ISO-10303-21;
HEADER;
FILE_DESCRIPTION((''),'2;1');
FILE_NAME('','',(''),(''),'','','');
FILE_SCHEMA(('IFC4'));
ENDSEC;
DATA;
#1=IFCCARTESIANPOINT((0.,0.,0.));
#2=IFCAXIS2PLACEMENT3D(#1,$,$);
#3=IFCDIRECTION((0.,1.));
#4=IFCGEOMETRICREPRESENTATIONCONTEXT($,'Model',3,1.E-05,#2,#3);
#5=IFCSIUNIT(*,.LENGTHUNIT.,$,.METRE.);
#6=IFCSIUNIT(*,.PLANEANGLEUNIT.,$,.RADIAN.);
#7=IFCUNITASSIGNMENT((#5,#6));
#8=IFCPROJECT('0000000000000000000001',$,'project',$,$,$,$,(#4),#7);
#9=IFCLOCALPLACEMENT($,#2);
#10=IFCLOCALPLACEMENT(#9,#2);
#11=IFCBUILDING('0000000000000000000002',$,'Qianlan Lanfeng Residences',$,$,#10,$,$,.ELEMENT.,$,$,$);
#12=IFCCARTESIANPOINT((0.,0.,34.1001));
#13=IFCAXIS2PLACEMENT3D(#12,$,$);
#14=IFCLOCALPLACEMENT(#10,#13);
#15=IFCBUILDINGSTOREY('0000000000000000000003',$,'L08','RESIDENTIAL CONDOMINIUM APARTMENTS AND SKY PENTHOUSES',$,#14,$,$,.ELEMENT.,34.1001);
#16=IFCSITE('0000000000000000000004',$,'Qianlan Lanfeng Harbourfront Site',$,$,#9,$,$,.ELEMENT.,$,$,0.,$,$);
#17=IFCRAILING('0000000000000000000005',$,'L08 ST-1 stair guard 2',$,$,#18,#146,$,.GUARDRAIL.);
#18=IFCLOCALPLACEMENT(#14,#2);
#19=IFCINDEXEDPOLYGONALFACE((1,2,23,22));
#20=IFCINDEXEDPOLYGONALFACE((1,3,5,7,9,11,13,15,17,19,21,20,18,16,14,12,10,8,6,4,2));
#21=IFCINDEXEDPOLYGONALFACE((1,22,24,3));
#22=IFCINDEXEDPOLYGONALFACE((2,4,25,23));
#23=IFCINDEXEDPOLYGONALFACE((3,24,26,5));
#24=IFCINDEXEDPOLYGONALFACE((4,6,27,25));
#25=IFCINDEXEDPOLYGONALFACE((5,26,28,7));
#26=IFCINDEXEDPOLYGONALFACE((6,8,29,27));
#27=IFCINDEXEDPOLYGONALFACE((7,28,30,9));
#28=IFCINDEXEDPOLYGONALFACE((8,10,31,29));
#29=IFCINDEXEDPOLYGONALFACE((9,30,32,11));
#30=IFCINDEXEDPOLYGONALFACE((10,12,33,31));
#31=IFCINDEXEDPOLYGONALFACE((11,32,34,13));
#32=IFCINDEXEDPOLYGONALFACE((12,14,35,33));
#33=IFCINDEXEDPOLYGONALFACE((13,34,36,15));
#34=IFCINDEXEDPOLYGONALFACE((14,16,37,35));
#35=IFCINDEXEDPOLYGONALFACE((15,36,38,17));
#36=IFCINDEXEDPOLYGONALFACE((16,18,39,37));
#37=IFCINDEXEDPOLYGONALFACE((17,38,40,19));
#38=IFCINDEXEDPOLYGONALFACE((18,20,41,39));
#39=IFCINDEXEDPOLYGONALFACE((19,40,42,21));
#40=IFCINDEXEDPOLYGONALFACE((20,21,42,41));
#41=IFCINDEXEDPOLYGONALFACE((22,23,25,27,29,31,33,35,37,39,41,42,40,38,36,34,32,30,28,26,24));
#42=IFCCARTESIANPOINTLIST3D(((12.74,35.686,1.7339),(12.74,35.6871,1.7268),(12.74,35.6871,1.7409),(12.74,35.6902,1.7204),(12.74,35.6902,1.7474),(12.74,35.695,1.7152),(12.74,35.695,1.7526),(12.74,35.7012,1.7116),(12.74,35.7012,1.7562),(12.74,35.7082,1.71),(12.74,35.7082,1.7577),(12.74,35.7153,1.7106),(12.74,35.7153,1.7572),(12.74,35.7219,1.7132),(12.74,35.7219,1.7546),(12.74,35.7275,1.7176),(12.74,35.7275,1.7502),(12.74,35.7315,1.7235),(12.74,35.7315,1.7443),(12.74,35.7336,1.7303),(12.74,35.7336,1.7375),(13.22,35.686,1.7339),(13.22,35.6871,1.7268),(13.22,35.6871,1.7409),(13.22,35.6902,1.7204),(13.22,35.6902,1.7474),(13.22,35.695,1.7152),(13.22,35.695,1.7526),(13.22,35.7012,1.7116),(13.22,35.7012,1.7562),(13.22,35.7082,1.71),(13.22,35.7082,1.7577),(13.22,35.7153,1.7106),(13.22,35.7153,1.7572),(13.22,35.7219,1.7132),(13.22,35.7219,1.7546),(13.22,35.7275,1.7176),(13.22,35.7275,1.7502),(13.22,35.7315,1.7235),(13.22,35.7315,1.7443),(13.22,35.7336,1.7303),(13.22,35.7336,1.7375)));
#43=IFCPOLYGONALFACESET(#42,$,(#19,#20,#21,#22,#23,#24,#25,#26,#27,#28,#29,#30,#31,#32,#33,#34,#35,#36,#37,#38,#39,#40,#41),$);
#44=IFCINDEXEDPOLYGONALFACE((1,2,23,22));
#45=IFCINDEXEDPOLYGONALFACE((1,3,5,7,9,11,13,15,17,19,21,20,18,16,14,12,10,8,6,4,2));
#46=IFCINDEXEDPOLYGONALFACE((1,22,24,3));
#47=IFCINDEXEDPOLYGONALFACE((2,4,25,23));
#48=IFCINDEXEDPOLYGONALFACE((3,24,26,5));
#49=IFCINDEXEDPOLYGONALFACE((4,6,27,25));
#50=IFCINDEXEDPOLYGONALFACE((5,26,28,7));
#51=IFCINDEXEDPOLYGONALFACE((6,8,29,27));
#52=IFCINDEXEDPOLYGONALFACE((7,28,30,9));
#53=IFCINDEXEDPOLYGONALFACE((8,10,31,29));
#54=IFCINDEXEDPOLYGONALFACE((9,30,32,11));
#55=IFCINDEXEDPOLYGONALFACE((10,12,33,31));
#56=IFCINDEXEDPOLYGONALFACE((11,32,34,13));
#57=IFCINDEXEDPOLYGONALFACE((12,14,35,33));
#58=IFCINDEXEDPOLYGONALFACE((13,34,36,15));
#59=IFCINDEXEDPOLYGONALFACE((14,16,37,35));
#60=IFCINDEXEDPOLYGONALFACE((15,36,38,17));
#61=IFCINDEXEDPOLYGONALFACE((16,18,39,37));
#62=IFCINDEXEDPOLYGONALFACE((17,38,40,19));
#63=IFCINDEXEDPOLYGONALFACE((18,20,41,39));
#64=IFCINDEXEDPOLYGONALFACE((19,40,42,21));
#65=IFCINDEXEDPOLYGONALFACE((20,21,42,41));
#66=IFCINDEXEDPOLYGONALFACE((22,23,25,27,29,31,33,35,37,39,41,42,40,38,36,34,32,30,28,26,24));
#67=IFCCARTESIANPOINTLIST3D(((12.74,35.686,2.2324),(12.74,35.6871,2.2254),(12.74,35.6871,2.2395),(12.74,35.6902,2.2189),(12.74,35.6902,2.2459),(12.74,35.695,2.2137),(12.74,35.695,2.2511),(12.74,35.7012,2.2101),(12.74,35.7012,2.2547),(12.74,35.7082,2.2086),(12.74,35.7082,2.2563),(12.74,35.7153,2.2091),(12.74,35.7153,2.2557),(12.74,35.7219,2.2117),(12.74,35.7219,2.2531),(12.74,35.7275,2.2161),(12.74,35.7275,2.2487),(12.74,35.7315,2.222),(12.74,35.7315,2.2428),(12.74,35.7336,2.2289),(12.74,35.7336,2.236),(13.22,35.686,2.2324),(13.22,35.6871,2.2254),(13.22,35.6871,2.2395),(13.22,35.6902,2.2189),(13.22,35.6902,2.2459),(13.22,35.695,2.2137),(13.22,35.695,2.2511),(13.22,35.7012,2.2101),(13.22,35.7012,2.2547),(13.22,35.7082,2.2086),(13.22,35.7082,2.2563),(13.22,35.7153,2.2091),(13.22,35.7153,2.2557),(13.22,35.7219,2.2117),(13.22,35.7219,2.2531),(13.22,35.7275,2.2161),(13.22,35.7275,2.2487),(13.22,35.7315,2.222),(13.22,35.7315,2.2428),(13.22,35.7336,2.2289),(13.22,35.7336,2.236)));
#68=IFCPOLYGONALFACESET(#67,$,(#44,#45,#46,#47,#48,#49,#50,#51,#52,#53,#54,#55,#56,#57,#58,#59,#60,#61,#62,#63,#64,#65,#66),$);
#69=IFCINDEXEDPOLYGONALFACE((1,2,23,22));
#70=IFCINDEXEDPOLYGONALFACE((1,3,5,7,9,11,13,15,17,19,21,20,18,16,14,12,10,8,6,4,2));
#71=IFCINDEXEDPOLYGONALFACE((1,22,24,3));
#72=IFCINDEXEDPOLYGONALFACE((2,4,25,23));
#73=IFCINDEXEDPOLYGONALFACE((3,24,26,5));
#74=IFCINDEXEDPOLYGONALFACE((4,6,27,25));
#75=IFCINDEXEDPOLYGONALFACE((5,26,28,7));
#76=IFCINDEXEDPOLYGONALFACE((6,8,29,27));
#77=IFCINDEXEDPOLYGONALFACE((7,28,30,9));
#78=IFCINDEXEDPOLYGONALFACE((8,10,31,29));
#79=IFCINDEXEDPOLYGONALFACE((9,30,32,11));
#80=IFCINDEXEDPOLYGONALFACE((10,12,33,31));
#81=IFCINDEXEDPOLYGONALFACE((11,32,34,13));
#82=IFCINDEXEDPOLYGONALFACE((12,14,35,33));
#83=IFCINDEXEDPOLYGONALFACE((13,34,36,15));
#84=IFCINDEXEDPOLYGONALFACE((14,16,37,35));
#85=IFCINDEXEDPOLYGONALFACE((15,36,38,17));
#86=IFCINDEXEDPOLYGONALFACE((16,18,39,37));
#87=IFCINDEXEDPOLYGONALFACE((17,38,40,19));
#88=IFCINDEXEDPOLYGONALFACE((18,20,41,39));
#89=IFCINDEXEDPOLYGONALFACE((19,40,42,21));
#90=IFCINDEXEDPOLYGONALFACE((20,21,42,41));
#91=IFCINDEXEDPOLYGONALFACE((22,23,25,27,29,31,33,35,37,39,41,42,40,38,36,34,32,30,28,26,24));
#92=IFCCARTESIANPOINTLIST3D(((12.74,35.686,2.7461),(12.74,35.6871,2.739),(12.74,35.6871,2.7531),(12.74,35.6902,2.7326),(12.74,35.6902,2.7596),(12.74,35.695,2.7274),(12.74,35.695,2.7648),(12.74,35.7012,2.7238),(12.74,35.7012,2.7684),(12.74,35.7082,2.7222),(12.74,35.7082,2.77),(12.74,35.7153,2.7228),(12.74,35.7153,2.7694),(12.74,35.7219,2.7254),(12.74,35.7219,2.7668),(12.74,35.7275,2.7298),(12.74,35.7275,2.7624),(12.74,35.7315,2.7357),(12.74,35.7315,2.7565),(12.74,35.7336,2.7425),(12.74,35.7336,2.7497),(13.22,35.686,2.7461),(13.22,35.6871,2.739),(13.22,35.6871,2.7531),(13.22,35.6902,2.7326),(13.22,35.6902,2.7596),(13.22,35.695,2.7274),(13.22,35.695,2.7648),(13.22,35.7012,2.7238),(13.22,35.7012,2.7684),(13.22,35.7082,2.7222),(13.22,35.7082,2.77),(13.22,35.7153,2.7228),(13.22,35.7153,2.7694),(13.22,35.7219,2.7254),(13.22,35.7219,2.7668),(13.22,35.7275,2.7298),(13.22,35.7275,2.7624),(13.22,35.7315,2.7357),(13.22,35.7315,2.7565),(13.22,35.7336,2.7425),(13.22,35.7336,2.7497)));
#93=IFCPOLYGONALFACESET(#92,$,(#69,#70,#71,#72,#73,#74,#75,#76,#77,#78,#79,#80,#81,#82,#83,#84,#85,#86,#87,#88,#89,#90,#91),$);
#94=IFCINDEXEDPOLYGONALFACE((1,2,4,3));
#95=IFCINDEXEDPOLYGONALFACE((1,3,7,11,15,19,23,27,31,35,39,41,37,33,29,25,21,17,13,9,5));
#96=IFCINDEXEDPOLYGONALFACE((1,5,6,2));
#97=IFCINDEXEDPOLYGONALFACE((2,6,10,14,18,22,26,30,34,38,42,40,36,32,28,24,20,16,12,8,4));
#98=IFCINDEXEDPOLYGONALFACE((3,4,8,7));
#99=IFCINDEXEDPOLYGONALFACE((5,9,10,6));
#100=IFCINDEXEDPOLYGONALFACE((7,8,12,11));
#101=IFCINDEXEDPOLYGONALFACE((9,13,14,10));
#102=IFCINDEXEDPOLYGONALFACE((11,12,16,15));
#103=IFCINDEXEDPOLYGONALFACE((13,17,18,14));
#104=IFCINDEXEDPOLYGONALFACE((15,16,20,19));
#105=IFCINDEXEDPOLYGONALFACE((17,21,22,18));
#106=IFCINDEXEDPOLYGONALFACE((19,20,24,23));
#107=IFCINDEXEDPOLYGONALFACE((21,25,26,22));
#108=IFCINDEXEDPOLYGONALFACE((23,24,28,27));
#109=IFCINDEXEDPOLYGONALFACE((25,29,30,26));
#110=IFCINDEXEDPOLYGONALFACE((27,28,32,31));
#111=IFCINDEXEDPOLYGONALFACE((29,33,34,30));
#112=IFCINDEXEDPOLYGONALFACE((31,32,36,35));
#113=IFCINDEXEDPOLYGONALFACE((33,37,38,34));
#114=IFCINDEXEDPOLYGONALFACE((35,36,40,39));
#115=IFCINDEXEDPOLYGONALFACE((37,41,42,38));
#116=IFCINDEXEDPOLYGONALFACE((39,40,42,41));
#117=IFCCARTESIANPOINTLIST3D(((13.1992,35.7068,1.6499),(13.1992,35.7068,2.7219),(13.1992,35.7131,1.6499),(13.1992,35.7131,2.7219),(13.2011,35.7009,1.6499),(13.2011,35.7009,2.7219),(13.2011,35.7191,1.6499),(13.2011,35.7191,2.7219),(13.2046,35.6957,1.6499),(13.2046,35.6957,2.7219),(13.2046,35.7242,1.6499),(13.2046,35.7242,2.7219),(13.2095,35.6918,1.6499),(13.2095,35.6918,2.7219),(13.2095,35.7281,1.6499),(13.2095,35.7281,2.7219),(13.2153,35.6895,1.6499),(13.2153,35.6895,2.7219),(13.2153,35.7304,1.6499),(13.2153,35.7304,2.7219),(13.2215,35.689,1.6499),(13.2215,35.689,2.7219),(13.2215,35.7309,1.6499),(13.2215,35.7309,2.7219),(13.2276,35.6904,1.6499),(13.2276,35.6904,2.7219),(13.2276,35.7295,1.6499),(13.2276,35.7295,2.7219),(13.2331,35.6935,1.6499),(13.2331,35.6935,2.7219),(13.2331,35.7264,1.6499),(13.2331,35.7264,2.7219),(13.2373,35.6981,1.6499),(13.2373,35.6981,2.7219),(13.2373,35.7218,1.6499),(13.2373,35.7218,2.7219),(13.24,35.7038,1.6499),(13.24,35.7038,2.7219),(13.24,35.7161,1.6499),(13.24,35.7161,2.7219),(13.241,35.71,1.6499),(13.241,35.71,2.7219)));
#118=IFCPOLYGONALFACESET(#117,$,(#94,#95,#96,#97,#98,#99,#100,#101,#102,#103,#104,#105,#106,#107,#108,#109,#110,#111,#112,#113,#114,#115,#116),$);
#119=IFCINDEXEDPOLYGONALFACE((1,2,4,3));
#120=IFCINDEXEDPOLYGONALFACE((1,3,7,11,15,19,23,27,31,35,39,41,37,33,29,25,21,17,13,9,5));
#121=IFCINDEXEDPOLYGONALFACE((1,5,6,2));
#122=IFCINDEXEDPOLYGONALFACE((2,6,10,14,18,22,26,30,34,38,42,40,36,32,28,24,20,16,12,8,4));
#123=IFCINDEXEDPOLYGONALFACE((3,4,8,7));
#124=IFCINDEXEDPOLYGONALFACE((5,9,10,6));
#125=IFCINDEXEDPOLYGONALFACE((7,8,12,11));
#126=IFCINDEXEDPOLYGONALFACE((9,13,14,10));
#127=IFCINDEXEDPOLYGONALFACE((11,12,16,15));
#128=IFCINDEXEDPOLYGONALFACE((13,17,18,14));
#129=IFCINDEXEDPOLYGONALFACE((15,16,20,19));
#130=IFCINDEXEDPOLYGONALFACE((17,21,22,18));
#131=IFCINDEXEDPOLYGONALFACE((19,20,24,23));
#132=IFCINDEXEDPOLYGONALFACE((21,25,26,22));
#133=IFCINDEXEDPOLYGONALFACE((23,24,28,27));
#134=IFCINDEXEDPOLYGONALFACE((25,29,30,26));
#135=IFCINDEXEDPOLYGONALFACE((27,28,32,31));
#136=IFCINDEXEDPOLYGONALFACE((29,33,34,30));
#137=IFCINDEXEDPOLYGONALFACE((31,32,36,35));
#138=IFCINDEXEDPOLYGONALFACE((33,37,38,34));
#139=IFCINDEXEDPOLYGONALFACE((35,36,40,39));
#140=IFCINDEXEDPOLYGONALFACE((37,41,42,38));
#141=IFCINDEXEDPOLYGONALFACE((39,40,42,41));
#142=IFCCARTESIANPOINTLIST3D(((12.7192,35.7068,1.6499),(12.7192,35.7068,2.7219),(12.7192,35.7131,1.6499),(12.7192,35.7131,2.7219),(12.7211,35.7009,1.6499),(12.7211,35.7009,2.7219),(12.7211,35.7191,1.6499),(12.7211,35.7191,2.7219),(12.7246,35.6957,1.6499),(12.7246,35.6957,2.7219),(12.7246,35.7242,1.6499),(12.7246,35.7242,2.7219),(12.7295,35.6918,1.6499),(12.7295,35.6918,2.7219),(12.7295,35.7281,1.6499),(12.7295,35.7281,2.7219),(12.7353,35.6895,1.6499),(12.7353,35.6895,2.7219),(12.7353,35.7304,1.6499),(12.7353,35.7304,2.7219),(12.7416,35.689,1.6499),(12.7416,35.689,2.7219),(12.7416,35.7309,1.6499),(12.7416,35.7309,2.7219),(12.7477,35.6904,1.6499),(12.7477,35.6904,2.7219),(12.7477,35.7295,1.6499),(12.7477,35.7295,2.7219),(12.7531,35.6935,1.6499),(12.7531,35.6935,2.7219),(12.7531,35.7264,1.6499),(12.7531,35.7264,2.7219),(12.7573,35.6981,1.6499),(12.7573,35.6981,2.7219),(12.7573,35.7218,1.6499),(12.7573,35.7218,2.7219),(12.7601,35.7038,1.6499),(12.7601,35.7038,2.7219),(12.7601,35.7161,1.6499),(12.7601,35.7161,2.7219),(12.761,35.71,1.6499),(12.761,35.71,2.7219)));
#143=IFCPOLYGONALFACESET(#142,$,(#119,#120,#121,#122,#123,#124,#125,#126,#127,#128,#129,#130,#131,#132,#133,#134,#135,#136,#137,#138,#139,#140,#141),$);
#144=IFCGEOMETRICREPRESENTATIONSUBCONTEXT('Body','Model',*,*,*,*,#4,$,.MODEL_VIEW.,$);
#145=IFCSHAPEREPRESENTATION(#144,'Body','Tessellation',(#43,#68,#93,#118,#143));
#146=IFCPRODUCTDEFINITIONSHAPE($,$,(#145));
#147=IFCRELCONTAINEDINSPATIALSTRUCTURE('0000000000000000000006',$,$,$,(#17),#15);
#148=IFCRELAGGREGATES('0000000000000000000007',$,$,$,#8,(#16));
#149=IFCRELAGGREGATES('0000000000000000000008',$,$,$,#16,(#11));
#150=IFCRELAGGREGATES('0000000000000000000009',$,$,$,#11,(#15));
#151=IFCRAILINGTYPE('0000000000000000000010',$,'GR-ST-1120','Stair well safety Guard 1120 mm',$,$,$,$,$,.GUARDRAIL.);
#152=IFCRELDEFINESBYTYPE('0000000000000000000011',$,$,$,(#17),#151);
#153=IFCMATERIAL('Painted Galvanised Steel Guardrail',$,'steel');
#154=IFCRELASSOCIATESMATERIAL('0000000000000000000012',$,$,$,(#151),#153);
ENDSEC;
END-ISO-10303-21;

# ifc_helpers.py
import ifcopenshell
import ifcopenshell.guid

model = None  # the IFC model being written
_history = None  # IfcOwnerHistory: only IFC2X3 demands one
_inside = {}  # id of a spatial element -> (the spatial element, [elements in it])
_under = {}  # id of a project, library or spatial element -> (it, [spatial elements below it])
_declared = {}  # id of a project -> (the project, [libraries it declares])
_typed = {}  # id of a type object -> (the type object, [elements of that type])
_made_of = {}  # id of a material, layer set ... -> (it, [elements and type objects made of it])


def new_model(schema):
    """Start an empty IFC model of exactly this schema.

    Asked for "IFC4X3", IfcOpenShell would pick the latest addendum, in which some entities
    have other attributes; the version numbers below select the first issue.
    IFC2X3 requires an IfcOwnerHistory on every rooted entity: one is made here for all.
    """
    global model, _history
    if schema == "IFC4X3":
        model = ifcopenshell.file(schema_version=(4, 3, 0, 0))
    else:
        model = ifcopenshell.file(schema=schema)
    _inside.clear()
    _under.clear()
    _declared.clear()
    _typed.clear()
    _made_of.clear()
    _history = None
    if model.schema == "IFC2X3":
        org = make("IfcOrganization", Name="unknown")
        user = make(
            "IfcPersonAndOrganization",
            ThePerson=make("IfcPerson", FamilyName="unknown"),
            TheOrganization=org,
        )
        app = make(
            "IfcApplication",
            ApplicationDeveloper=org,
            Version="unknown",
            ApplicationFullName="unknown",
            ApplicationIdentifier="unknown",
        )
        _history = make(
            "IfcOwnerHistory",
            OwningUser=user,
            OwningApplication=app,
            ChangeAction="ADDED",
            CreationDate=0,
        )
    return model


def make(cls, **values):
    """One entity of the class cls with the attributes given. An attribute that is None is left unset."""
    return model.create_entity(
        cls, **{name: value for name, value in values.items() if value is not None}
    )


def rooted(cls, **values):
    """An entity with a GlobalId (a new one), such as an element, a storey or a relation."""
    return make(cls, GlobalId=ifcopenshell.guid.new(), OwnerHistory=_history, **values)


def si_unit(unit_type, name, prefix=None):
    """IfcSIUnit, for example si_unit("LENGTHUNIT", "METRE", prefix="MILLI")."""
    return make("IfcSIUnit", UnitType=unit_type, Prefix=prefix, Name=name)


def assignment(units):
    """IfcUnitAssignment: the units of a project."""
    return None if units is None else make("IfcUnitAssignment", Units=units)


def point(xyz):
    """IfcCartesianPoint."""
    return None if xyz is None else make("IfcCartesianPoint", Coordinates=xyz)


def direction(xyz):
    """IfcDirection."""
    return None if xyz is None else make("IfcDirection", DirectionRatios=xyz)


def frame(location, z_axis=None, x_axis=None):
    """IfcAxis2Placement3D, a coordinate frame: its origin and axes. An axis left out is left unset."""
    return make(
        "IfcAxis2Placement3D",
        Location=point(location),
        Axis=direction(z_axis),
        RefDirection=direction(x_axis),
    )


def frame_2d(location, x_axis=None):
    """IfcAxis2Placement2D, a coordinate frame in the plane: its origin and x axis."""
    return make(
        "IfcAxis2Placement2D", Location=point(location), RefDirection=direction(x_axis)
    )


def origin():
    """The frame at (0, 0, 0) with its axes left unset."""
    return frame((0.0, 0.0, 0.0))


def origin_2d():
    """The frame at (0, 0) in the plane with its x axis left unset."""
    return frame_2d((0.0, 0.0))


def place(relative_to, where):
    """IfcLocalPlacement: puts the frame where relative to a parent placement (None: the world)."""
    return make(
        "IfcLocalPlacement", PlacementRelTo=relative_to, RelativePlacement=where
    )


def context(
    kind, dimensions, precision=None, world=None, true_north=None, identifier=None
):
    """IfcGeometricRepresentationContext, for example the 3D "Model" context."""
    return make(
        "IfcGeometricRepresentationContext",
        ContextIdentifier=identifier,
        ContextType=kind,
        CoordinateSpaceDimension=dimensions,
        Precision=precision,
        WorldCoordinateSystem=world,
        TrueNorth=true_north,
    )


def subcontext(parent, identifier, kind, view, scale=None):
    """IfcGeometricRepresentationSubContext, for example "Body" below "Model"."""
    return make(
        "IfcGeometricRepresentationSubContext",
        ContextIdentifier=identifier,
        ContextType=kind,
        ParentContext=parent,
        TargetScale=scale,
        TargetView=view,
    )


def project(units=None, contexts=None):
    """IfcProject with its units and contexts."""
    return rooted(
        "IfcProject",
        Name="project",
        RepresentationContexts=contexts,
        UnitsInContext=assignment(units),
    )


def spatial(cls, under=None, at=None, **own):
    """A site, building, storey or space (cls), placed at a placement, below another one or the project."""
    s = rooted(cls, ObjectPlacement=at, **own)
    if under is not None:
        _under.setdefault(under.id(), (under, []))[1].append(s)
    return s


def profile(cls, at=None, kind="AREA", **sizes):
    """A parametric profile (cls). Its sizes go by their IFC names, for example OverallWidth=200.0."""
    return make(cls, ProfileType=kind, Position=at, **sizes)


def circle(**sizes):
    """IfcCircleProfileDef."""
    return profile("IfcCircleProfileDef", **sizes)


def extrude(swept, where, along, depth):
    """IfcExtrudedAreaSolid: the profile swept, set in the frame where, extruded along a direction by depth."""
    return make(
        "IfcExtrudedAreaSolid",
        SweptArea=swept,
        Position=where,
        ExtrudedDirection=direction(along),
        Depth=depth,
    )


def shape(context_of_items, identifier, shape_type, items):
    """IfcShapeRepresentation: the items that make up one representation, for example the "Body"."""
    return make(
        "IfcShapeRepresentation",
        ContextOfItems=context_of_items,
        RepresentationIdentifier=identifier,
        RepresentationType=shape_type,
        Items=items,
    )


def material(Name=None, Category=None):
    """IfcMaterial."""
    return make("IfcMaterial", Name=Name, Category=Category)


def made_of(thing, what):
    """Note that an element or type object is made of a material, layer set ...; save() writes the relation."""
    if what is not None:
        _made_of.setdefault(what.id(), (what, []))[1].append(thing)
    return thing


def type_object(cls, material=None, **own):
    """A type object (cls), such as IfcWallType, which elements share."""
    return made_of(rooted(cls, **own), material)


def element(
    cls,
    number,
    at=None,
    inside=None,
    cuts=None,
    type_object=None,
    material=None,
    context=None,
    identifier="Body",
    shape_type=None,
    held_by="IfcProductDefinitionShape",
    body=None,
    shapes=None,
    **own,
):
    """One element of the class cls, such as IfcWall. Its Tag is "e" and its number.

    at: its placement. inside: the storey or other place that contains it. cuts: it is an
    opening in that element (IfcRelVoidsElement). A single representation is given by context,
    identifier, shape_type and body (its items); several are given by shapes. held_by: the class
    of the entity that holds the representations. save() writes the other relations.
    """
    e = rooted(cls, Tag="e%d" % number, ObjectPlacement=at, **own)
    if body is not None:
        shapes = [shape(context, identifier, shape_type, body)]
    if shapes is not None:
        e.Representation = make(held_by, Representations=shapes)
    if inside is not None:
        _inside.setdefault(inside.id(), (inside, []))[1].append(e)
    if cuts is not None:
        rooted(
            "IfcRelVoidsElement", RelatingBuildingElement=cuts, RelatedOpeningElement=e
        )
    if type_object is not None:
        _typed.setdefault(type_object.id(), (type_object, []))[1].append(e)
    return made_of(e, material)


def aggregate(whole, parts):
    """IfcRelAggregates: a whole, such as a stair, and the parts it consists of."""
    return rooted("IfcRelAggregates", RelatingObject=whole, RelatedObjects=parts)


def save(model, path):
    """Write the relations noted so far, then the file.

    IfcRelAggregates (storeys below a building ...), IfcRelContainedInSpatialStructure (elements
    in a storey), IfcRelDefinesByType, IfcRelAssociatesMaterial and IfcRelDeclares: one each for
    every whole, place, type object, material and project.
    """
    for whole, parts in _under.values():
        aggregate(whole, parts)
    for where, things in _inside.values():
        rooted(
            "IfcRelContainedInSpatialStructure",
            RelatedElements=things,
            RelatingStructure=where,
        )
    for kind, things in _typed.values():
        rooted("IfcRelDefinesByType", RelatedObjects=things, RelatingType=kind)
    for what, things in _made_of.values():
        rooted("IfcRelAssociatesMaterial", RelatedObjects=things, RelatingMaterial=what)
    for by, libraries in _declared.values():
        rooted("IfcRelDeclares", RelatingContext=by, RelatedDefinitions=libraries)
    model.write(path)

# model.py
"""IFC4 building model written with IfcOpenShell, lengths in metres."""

from ifc_helpers import new_model, si_unit, direction, frame, origin, origin_2d, place, context, subcontext, project, spatial, circle, extrude, material, type_object, element, save


model = new_model("IFC4")

# Units and contexts
model_context = context("Model", 3, precision=1e-05, world=origin(), true_north=direction((0.0, 1.0)))
body_context = subcontext(model_context, "Body", "Model", "MODEL_VIEW")
ifc_project = project(units=[si_unit("LENGTHUNIT", "METRE"), si_unit("PLANEANGLEUNIT", "RADIAN")], contexts=[model_context])

# Site, building, storey
site_placement = place(None, origin())
site = spatial("IfcSite", under=ifc_project, at=site_placement, Name="Qianlan Lanfeng Harbourfront Site", CompositionType="ELEMENT", RefElevation=0.0)
building_placement = place(site_placement, origin())
building = spatial("IfcBuilding", under=site, at=building_placement, Name="Qianlan Lanfeng Residences", CompositionType="ELEMENT")
storey_placement = place(building_placement, frame((0.0, 0.0, 34.1001)))
storey = spatial("IfcBuildingStorey", under=building, at=storey_placement, Name="L08", Description="RESIDENTIAL CONDOMINIUM APARTMENTS AND SKY PENTHOUSES", CompositionType="ELEMENT", Elevation=34.1001)

# Railing
ifc_material_1 = material(Name="Painted Galvanised Steel Guardrail", Category="steel")
railing_type_1 = type_object("IfcRailingType", Name="GR-ST-1120", Description="Stair well safety Guard 1120 mm", PredefinedType="GUARDRAIL", material=ifc_material_1)
railing_1_placement = place(storey_placement, frame((13.22, 35.71, 1.6499)))
element("IfcRailing", 1, at=railing_1_placement, inside=storey, type_object=railing_type_1, Name="L08 ST-1 stair guard 2", PredefinedType="GUARDRAIL", context=body_context, shape_type="SweptSolid", body=[
    extrude(circle(Radius=0.0239, at=origin_2d()), frame((0.0, 0.0, 0.084), z_axis=(-1.0, 0.0, 0.0), x_axis=(0.0, -1.0, 0.0)), (0.0, 0.0, 1.0), 0.48),
    extrude(circle(Radius=0.0239, at=origin_2d()), frame((0.0, 0.0, 0.5825), z_axis=(-1.0, 0.0, 0.0), x_axis=(0.0, -1.0, 0.0)), (0.0, 0.0, 1.0), 0.48),
    extrude(circle(Radius=0.0239, at=origin_2d()), frame((0.0, 0.0, 1.0962), z_axis=(-1.0, 0.0, 0.0), x_axis=(0.0, -1.0, 0.0)), (0.0, 0.0, 1.0), 0.48),
    extrude(circle(Radius=0.021, at=origin_2d()), origin(), (0.0, 0.0, 1.0), 1.072),
    extrude(circle(Radius=0.021, at=origin_2d()), frame((-0.48, 0.0, 0.0)), (0.0, 0.0, 1.0), 1.072),
])

save(model, "model.ifc")
